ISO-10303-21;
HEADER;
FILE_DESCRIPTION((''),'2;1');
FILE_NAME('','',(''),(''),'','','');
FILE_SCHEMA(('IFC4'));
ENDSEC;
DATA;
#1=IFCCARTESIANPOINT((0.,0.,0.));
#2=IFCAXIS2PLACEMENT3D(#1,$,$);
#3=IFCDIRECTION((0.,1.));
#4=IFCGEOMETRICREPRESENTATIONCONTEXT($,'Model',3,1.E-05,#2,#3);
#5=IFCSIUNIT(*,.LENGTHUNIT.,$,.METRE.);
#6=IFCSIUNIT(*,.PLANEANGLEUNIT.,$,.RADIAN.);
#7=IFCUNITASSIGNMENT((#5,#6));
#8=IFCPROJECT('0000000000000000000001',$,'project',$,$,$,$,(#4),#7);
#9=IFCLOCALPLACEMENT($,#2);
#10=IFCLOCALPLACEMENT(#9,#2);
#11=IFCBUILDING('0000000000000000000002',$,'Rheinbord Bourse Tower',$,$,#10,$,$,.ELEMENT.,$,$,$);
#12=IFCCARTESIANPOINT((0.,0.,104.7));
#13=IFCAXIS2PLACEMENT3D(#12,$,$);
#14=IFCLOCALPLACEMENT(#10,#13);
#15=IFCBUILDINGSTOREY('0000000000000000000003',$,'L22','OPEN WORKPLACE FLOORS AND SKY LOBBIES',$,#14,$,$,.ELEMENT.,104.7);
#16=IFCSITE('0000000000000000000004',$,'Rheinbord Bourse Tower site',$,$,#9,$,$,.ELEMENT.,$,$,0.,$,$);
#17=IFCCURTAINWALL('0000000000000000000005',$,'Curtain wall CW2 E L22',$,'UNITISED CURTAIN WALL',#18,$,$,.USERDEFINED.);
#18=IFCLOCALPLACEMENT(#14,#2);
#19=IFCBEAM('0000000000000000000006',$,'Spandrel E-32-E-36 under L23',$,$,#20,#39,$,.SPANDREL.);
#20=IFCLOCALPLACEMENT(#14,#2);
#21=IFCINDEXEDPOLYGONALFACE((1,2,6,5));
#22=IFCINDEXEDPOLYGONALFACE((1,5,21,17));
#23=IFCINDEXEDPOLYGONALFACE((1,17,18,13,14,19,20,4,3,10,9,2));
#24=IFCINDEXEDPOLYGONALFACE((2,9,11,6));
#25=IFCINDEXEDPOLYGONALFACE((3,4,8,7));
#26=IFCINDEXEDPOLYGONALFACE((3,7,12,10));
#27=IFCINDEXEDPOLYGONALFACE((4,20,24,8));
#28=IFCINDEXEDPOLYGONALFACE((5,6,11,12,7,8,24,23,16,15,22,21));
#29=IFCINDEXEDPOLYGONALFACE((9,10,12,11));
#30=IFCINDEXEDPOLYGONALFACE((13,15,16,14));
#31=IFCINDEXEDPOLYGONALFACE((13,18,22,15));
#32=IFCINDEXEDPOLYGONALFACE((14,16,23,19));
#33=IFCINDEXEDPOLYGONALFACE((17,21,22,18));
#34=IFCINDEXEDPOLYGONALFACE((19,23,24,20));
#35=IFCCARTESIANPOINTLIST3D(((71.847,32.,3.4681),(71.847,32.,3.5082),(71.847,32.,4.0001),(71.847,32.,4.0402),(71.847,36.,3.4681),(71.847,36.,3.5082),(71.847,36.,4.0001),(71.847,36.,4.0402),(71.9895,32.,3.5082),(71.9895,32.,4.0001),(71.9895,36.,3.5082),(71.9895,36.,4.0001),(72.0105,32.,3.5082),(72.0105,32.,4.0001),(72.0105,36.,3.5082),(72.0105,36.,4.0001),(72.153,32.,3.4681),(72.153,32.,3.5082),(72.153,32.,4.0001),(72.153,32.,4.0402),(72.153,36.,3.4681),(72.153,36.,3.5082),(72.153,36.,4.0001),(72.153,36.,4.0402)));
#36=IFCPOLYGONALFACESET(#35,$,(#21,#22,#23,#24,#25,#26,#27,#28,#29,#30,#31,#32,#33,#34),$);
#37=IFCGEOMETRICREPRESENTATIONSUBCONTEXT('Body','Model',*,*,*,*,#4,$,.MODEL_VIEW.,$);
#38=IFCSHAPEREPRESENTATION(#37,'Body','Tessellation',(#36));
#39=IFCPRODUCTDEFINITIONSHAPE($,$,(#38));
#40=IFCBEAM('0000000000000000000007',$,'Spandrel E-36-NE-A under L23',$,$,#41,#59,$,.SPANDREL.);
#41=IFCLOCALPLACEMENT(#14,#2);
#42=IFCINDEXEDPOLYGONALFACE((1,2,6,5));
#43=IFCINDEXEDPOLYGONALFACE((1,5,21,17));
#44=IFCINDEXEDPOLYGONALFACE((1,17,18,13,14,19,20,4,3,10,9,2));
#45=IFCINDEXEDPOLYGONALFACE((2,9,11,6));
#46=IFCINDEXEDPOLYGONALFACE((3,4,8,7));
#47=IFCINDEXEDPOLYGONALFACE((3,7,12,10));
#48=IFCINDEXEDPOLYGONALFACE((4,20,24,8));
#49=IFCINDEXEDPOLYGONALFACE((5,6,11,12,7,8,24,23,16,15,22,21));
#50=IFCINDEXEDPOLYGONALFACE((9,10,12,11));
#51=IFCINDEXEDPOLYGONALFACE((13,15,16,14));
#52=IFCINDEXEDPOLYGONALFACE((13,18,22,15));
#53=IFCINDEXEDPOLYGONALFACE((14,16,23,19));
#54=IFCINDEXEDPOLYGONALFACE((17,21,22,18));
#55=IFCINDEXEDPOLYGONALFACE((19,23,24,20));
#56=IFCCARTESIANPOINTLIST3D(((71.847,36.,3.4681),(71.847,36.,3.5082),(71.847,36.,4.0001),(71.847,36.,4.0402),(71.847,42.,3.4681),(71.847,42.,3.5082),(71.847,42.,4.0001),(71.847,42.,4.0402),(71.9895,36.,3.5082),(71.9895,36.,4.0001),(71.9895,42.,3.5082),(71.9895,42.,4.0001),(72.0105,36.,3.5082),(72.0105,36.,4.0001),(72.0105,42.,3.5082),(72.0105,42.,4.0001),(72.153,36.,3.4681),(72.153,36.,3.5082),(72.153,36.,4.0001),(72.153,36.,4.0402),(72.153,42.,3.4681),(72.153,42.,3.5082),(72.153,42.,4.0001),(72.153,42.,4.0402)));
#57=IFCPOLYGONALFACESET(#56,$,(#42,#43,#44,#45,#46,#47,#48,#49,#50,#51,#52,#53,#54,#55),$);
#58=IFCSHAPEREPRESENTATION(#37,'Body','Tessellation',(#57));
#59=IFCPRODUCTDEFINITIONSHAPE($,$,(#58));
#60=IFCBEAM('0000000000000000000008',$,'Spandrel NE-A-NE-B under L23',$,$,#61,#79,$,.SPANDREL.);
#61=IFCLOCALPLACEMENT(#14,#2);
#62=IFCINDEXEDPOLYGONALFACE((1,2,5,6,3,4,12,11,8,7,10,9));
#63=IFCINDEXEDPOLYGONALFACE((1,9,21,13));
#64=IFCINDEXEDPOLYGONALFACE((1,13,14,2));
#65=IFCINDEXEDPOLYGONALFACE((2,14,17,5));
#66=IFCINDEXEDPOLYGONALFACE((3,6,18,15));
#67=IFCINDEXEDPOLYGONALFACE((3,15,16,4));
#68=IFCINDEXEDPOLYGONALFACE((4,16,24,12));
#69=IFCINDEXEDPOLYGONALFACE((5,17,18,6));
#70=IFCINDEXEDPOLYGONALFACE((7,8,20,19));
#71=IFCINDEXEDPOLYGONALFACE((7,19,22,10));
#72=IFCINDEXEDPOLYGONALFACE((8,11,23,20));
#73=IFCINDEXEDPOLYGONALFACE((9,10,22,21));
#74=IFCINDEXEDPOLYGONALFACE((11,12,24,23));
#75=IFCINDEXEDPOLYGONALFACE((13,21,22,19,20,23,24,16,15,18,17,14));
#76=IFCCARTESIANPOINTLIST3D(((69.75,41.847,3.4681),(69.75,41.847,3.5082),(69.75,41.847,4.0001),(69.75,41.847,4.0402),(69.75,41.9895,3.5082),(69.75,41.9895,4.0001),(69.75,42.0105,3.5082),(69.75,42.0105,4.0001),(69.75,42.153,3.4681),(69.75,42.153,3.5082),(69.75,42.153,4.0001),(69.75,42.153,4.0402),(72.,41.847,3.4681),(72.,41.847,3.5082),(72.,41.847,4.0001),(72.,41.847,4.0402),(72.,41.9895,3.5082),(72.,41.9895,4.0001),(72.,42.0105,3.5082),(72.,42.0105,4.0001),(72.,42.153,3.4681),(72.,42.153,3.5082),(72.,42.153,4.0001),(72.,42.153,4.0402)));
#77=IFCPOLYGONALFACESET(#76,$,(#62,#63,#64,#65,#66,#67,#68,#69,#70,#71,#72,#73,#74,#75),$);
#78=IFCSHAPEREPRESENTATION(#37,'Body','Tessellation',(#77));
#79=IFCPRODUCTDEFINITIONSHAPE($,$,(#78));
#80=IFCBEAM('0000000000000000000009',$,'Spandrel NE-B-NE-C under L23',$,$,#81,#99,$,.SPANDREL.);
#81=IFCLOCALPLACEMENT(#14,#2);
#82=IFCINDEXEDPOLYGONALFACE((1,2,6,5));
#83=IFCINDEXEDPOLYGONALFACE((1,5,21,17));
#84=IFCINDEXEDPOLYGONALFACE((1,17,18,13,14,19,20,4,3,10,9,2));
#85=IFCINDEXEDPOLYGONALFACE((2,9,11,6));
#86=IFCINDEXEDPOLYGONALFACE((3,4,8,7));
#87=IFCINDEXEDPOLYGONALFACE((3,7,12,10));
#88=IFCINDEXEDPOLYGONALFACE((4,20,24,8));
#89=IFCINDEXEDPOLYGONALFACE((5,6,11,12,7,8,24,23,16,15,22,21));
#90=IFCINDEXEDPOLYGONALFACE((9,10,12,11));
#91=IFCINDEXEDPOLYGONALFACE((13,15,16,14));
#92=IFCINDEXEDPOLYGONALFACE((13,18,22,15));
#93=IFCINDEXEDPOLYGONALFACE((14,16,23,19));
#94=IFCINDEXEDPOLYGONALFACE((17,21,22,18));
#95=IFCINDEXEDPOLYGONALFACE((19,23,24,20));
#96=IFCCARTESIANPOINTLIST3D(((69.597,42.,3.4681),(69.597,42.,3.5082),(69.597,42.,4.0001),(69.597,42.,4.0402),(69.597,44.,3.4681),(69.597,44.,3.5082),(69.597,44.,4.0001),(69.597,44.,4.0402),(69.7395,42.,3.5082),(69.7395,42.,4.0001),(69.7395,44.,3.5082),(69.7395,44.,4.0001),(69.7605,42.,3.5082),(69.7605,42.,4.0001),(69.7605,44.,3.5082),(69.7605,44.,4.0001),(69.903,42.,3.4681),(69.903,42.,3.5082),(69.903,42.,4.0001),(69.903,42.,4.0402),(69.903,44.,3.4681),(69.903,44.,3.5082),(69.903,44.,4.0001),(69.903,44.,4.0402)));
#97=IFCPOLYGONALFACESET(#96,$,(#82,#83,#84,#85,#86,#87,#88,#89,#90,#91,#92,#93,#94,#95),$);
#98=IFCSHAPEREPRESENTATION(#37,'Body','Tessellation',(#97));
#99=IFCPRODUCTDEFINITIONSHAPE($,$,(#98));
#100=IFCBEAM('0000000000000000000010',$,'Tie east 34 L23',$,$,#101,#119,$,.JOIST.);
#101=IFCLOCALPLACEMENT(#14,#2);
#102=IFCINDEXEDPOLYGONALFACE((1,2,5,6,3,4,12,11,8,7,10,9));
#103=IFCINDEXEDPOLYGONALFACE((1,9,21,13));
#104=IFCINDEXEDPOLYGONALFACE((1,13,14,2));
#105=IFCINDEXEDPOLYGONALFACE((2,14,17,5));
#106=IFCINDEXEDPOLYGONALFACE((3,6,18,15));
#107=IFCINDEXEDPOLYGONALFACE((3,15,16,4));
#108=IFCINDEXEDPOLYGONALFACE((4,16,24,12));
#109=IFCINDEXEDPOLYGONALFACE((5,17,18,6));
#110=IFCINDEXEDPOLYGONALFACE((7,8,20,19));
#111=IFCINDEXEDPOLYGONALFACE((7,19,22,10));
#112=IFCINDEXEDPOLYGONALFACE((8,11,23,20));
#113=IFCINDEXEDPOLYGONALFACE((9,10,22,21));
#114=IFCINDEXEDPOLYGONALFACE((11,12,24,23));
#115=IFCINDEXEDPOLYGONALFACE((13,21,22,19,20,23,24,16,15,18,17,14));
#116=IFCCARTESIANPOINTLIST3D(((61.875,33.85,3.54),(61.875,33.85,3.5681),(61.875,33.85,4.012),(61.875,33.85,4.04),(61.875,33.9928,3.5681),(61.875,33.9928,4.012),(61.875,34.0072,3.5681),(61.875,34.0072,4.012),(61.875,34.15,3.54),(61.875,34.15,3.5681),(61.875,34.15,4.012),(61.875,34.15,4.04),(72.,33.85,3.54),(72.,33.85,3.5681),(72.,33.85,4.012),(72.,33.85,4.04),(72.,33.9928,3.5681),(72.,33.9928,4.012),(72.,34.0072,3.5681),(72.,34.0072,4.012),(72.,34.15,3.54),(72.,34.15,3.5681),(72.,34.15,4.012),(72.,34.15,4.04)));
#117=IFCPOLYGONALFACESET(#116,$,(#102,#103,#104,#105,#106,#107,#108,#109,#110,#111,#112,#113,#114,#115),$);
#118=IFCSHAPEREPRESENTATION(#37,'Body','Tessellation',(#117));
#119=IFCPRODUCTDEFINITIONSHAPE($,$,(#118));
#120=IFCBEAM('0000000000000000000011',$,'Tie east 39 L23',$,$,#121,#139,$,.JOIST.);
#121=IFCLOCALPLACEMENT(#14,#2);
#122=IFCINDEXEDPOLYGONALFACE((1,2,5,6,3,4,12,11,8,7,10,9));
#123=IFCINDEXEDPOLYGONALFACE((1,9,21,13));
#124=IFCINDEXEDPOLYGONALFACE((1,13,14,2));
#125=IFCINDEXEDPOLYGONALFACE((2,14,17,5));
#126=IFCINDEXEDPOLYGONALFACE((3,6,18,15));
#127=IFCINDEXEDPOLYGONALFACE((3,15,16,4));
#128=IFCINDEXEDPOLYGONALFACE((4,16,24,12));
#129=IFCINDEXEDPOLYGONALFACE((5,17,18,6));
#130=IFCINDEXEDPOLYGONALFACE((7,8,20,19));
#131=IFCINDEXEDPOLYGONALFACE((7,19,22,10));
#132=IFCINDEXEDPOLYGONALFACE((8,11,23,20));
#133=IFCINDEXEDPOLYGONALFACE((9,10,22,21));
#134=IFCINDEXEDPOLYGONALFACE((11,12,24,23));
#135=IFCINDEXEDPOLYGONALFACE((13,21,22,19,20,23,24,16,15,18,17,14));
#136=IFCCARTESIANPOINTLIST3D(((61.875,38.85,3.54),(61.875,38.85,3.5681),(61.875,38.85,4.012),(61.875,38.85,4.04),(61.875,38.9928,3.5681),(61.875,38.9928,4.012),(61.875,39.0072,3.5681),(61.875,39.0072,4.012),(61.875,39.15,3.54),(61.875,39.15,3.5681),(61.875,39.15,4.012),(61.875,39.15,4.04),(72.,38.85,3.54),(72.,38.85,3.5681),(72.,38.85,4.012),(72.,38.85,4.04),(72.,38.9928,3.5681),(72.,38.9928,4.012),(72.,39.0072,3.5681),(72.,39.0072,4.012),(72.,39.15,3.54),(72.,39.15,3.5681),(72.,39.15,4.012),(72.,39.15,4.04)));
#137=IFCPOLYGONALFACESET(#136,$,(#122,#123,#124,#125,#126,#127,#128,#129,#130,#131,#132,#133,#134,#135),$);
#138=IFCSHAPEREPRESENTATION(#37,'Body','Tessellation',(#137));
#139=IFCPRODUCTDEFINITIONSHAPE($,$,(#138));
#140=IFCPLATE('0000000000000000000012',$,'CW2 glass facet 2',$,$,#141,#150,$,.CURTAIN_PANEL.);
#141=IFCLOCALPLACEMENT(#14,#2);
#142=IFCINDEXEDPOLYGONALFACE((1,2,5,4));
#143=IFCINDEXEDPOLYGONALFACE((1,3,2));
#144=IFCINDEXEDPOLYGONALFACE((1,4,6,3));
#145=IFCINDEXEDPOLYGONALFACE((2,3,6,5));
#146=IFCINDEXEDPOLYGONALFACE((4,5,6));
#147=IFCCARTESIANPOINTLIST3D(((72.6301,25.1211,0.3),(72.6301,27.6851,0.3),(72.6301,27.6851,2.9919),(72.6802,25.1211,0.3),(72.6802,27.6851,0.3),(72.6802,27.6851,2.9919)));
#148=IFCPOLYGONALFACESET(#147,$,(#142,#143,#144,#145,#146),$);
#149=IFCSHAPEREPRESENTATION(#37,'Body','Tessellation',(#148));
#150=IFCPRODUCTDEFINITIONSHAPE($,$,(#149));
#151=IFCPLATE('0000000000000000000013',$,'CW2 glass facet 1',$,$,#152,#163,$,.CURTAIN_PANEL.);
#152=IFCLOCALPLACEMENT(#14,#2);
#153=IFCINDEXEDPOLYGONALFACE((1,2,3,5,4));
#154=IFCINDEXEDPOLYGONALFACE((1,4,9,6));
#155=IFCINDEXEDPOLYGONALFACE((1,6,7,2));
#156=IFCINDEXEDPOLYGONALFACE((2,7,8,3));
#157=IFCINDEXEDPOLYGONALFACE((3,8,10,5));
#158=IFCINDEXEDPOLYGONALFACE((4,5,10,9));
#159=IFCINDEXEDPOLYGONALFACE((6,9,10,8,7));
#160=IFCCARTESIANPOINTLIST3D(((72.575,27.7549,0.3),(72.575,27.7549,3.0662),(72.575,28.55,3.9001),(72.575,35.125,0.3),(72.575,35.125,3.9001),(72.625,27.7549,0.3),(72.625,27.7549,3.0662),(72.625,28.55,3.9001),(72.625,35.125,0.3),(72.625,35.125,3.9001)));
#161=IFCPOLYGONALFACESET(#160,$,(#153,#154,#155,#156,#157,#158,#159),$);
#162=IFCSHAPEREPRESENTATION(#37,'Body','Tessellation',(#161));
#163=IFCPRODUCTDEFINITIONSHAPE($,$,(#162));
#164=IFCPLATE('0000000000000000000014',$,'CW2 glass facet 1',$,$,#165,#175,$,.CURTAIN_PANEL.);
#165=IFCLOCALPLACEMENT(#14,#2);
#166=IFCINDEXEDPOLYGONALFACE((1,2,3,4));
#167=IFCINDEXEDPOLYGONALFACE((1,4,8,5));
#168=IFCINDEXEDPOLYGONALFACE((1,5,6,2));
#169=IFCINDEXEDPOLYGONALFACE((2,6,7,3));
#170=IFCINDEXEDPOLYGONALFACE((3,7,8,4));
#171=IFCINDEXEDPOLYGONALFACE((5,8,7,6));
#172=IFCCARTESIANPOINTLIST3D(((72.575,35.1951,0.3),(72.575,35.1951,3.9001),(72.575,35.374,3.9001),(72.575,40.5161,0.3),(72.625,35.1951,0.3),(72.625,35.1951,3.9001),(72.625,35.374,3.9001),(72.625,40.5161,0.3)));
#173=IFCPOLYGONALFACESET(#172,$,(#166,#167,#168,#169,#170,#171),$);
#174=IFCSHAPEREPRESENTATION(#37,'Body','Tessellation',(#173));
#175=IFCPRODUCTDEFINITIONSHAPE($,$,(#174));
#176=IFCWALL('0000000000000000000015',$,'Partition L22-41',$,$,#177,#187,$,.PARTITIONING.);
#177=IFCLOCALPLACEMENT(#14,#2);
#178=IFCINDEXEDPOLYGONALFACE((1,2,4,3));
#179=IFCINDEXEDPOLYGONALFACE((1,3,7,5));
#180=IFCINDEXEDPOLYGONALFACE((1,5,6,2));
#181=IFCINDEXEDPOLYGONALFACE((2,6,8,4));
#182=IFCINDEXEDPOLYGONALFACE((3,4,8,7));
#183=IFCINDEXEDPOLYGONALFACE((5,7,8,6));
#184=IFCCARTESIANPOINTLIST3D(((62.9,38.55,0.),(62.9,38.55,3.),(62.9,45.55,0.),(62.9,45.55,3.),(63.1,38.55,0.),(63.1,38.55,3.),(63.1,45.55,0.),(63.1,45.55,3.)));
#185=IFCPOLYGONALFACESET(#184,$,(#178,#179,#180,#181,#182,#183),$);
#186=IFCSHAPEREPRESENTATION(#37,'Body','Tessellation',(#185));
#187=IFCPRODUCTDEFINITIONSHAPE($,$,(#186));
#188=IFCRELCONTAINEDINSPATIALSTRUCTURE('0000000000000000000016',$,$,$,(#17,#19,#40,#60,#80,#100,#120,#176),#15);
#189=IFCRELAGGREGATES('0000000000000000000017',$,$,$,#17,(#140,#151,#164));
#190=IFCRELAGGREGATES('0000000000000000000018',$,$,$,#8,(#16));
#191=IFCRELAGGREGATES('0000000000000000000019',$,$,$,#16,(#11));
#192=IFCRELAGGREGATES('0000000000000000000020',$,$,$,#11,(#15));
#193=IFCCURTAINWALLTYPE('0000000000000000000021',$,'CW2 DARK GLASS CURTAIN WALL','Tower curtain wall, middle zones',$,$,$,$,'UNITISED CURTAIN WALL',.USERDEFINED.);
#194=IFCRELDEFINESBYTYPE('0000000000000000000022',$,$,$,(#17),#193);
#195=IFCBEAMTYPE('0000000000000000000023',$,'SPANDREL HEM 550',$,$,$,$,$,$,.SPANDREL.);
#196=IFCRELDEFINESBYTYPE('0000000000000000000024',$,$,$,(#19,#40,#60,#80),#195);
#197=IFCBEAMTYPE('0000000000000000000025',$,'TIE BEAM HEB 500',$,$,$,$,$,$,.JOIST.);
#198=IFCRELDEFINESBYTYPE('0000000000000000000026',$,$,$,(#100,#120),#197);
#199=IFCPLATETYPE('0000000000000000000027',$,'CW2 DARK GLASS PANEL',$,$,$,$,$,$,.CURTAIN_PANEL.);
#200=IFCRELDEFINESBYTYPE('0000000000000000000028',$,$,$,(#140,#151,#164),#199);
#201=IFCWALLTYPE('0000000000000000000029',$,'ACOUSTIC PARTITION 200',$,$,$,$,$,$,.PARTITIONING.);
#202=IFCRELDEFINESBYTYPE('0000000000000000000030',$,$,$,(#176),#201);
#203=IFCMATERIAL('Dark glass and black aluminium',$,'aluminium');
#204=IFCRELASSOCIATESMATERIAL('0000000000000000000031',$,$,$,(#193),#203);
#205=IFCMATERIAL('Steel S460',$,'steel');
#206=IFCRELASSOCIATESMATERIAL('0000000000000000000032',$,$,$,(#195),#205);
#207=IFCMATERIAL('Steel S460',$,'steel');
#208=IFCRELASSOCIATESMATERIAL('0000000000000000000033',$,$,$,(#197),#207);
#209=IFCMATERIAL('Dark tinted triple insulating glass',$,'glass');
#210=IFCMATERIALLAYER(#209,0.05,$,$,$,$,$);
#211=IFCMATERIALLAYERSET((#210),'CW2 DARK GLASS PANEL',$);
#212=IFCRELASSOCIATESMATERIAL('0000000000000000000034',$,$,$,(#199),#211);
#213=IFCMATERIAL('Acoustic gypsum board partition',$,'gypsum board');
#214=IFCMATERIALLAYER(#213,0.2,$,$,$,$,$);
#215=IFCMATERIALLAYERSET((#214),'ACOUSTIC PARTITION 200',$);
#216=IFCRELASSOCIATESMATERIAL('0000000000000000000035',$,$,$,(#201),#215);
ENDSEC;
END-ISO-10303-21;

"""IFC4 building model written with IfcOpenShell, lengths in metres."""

from ifc_helpers import new_model, si_unit, direction, frame, frame_2d, origin, origin_2d, place, context, subcontext, project, spatial, polyline, rectangle, i_section, outline, extrude, material, layer, layer_set, material_profile, profile_set, type_object, element, aggregate, save


model = new_model("IFC4")

# Units and contexts
model_context = context("Model", 3, precision=1e-05, world=origin(), true_north=direction((0.0, 1.0)))
body_context = subcontext(model_context, "Body", "Model", "MODEL_VIEW")
ifc_project = project(units=[si_unit("LENGTHUNIT", "METRE"), si_unit("PLANEANGLEUNIT", "RADIAN")], contexts=[model_context])

# Site, building, storey
site_placement = place(None, origin())
site = spatial("IfcSite", under=ifc_project, at=site_placement, Name="Rheinbord Bourse Tower site", CompositionType="ELEMENT", RefElevation=0.0)
building_placement = place(site_placement, origin())
building = spatial("IfcBuilding", under=site, at=building_placement, Name="Rheinbord Bourse Tower", CompositionType="ELEMENT")
storey_placement = place(building_placement, frame((0.0, 0.0, 104.7)))
storey = spatial("IfcBuildingStorey", under=building, at=storey_placement, Name="L22", Description="OPEN WORKPLACE FLOORS AND SKY LOBBIES", CompositionType="ELEMENT", Elevation=104.7)

# Curtain wall
ifc_material_1 = material(Name="Dark glass and black aluminium", Category="aluminium")
curtain_wall_type = type_object("IfcCurtainWallType", Name="CW2 DARK GLASS CURTAIN WALL", Description="Tower curtain wall, middle zones", ElementType="UNITISED CURTAIN WALL", PredefinedType="USERDEFINED", material=ifc_material_1)
curtain_wall_placement = place(storey_placement, origin())
curtain_wall = element("IfcCurtainWall", 1, at=curtain_wall_placement, inside=storey, type_object=curtain_wall_type, Name="Curtain wall CW2 E L22", ObjectType="UNITISED CURTAIN WALL", PredefinedType="USERDEFINED")

# Beams
ifc_material_2 = material(Name="Steel S460", Category="steel")
ifc_material_profile_1 = material_profile(ifc_material_2, i_section(OverallWidth=0.3059, OverallDepth=0.572, WebThickness=0.021, FlangeThickness=0.04, at=origin_2d()), Name="HEM 550")
ifc_profile_set_1 = profile_set([ifc_material_profile_1], Name="Steel S460")
beam_type_1 = type_object("IfcBeamType", Name="SPANDREL HEM 550", PredefinedType="SPANDREL", material=ifc_profile_set_1)
for number, where, z_axis, x_axis, name in (
    (2, (72.0, 32.0, 3.7542), (0.0, 1.0, 0.0), (-1.0, 0.0, 0.0), "Spandrel E-32-E-36 under L23"),
):
    element("IfcBeam", number, at=place(storey_placement, frame(where, z_axis=z_axis, x_axis=x_axis)), inside=storey, type_object=beam_type_1, Name=name, PredefinedType="SPANDREL", context=body_context, shape_type="SweptSolid", body=[
        extrude(i_section(OverallWidth=0.3059, OverallDepth=0.572, WebThickness=0.021, FlangeThickness=0.04, at=origin_2d()), origin(), (0.0, 0.0, 1.0), 4.0),
    ])
beam_1_placement = place(storey_placement, frame((72.0, 36.0, 3.7542), z_axis=(0.0, 1.0, 0.0), x_axis=(-1.0, 0.0, 0.0)))
element("IfcBeam", 3, at=beam_1_placement, inside=storey, type_object=beam_type_1, Name="Spandrel E-36-NE-A under L23", PredefinedType="SPANDREL", context=body_context, shape_type="SweptSolid", body=[
    extrude(i_section(OverallWidth=0.3059, OverallDepth=0.572, WebThickness=0.021, FlangeThickness=0.04, at=origin_2d()), origin(), (0.0, 0.0, 1.0), 6.0),
])
beam_2_placement = place(storey_placement, frame((72.0, 42.0, 3.7542), z_axis=(-1.0, 0.0, 0.0), x_axis=(0.0, -1.0, 0.0)))
element("IfcBeam", 4, at=beam_2_placement, inside=storey, type_object=beam_type_1, Name="Spandrel NE-A-NE-B under L23", PredefinedType="SPANDREL", context=body_context, shape_type="SweptSolid", body=[
    extrude(i_section(OverallWidth=0.3059, OverallDepth=0.572, WebThickness=0.021, FlangeThickness=0.04, at=origin_2d()), origin(), (0.0, 0.0, 1.0), 2.25),
])
beam_3_placement = place(storey_placement, frame((69.75, 42.0, 3.7542), z_axis=(0.0, 1.0, 0.0), x_axis=(-1.0, 0.0, 0.0)))
element("IfcBeam", 5, at=beam_3_placement, inside=storey, type_object=beam_type_1, Name="Spandrel NE-B-NE-C under L23", PredefinedType="SPANDREL", context=body_context, shape_type="SweptSolid", body=[
    extrude(i_section(OverallWidth=0.3059, OverallDepth=0.572, WebThickness=0.021, FlangeThickness=0.04, at=origin_2d()), origin(), (0.0, 0.0, 1.0), 2.0),
])
ifc_material_3 = material(Name="Steel S460", Category="steel")
ifc_material_profile_2 = material_profile(ifc_material_3, i_section(OverallWidth=0.3, OverallDepth=0.5, WebThickness=0.0144, FlangeThickness=0.0281, at=origin_2d()), Name="HEB 500")
ifc_profile_set_2 = profile_set([ifc_material_profile_2], Name="Steel S460")
beam_type_2 = type_object("IfcBeamType", Name="TIE BEAM HEB 500", PredefinedType="JOIST", material=ifc_profile_set_2)
for number, where, z_axis, x_axis, name in (
    (6, (61.875, 34.0, 3.79), (1.0, 0.0, 0.0), (0.0, 1.0, 0.0), "Tie east 34 L23"),
    (7, (61.875, 39.0, 3.79), (1.0, 0.0, 0.0), (0.0, 1.0, 0.0), "Tie east 39 L23"),
):
    element("IfcBeam", number, at=place(storey_placement, frame(where, z_axis=z_axis, x_axis=x_axis)), inside=storey, type_object=beam_type_2, Name=name, PredefinedType="JOIST", context=body_context, shape_type="SweptSolid", body=[
        extrude(i_section(OverallWidth=0.3, OverallDepth=0.5, WebThickness=0.0144, FlangeThickness=0.0281, at=origin_2d()), origin(), (0.0, 0.0, 1.0), 10.125),
    ])

# Plates
ifc_material_4 = material(Name="Dark tinted triple insulating glass", Category="glass")
ifc_layer_1 = layer(ifc_material_4, 0.05)
ifc_layer_set_1 = layer_set([ifc_layer_1], Name="CW2 DARK GLASS PANEL")
plate_type = type_object("IfcPlateType", Name="CW2 DARK GLASS PANEL", PredefinedType="CURTAIN_PANEL", material=ifc_layer_set_1)
plate_1_placement = place(storey_placement, frame((72.6802, 27.6851, 0.3), z_axis=(-1.0, 0.0, 0.0), x_axis=(0.0, -1.0, 0.0)))
plate_1 = element("IfcPlate", 8, at=plate_1_placement, type_object=plate_type, Name="CW2 glass facet 2", PredefinedType="CURTAIN_PANEL", context=body_context, shape_type="SweptSolid", body=[
    extrude(outline(polyline([(0.0, 0.0), (2.564, 0.0), (0.0, 2.6919), (0.0, 0.0)])), origin(), (0.0, 0.0, 1.0), 0.05),
])
plate_2_placement = place(storey_placement, frame((72.625, 35.125, 3.9001), z_axis=(-1.0, 0.0, 0.0), x_axis=(0.0, 0.0, -1.0)))
plate_2 = element("IfcPlate", 9, at=plate_2_placement, type_object=plate_type, Name="CW2 glass facet 1", PredefinedType="CURTAIN_PANEL", context=body_context, shape_type="SweptSolid", body=[
    extrude(outline(polyline([(0.0, 0.0), (3.6001, 0.0), (3.6001, 7.3701), (0.834, 7.3701), (0.0, 6.575), (0.0, 0.0)])), origin(), (0.0, 0.0, 1.0), 0.05),
])
plate_3_placement = place(storey_placement, frame((72.625, 35.1951, 0.3), z_axis=(-1.0, 0.0, 0.0), x_axis=(0.0, 0.0, 1.0)))
plate_3 = element("IfcPlate", 10, at=plate_3_placement, type_object=plate_type, Name="CW2 glass facet 1", PredefinedType="CURTAIN_PANEL", context=body_context, shape_type="SweptSolid", body=[
    extrude(outline(polyline([(0.0, 0.0), (3.6001, 0.0), (3.6001, 0.179), (0.0, 5.321), (0.0, 0.0)])), origin(), (0.0, 0.0, 1.0), 0.05),
])
aggregate(curtain_wall, [plate_1, plate_2, plate_3])

# Wall
ifc_material_5 = material(Name="Acoustic gypsum board partition", Category="gypsum board")
ifc_layer_2 = layer(ifc_material_5, 0.2)
ifc_layer_set_2 = layer_set([ifc_layer_2], Name="ACOUSTIC PARTITION 200")
wall_type_1 = type_object("IfcWallType", Name="ACOUSTIC PARTITION 200", PredefinedType="PARTITIONING", material=ifc_layer_set_2)
wall_1_placement = place(storey_placement, frame((63.0, 38.55, 0.0), z_axis=(0.0, 0.0, 1.0), x_axis=(0.0, 1.0, 0.0)))
element("IfcWall", 11, at=wall_1_placement, inside=storey, type_object=wall_type_1, Name="Partition L22-41", PredefinedType="PARTITIONING", context=body_context, shape_type="SweptSolid", body=[
    extrude(rectangle(XDim=7.0, YDim=0.2, at=frame_2d((3.5, 0.0))), origin(), (0.0, 0.0, 1.0), 3.0),
])

save(model, "model.ifc")
